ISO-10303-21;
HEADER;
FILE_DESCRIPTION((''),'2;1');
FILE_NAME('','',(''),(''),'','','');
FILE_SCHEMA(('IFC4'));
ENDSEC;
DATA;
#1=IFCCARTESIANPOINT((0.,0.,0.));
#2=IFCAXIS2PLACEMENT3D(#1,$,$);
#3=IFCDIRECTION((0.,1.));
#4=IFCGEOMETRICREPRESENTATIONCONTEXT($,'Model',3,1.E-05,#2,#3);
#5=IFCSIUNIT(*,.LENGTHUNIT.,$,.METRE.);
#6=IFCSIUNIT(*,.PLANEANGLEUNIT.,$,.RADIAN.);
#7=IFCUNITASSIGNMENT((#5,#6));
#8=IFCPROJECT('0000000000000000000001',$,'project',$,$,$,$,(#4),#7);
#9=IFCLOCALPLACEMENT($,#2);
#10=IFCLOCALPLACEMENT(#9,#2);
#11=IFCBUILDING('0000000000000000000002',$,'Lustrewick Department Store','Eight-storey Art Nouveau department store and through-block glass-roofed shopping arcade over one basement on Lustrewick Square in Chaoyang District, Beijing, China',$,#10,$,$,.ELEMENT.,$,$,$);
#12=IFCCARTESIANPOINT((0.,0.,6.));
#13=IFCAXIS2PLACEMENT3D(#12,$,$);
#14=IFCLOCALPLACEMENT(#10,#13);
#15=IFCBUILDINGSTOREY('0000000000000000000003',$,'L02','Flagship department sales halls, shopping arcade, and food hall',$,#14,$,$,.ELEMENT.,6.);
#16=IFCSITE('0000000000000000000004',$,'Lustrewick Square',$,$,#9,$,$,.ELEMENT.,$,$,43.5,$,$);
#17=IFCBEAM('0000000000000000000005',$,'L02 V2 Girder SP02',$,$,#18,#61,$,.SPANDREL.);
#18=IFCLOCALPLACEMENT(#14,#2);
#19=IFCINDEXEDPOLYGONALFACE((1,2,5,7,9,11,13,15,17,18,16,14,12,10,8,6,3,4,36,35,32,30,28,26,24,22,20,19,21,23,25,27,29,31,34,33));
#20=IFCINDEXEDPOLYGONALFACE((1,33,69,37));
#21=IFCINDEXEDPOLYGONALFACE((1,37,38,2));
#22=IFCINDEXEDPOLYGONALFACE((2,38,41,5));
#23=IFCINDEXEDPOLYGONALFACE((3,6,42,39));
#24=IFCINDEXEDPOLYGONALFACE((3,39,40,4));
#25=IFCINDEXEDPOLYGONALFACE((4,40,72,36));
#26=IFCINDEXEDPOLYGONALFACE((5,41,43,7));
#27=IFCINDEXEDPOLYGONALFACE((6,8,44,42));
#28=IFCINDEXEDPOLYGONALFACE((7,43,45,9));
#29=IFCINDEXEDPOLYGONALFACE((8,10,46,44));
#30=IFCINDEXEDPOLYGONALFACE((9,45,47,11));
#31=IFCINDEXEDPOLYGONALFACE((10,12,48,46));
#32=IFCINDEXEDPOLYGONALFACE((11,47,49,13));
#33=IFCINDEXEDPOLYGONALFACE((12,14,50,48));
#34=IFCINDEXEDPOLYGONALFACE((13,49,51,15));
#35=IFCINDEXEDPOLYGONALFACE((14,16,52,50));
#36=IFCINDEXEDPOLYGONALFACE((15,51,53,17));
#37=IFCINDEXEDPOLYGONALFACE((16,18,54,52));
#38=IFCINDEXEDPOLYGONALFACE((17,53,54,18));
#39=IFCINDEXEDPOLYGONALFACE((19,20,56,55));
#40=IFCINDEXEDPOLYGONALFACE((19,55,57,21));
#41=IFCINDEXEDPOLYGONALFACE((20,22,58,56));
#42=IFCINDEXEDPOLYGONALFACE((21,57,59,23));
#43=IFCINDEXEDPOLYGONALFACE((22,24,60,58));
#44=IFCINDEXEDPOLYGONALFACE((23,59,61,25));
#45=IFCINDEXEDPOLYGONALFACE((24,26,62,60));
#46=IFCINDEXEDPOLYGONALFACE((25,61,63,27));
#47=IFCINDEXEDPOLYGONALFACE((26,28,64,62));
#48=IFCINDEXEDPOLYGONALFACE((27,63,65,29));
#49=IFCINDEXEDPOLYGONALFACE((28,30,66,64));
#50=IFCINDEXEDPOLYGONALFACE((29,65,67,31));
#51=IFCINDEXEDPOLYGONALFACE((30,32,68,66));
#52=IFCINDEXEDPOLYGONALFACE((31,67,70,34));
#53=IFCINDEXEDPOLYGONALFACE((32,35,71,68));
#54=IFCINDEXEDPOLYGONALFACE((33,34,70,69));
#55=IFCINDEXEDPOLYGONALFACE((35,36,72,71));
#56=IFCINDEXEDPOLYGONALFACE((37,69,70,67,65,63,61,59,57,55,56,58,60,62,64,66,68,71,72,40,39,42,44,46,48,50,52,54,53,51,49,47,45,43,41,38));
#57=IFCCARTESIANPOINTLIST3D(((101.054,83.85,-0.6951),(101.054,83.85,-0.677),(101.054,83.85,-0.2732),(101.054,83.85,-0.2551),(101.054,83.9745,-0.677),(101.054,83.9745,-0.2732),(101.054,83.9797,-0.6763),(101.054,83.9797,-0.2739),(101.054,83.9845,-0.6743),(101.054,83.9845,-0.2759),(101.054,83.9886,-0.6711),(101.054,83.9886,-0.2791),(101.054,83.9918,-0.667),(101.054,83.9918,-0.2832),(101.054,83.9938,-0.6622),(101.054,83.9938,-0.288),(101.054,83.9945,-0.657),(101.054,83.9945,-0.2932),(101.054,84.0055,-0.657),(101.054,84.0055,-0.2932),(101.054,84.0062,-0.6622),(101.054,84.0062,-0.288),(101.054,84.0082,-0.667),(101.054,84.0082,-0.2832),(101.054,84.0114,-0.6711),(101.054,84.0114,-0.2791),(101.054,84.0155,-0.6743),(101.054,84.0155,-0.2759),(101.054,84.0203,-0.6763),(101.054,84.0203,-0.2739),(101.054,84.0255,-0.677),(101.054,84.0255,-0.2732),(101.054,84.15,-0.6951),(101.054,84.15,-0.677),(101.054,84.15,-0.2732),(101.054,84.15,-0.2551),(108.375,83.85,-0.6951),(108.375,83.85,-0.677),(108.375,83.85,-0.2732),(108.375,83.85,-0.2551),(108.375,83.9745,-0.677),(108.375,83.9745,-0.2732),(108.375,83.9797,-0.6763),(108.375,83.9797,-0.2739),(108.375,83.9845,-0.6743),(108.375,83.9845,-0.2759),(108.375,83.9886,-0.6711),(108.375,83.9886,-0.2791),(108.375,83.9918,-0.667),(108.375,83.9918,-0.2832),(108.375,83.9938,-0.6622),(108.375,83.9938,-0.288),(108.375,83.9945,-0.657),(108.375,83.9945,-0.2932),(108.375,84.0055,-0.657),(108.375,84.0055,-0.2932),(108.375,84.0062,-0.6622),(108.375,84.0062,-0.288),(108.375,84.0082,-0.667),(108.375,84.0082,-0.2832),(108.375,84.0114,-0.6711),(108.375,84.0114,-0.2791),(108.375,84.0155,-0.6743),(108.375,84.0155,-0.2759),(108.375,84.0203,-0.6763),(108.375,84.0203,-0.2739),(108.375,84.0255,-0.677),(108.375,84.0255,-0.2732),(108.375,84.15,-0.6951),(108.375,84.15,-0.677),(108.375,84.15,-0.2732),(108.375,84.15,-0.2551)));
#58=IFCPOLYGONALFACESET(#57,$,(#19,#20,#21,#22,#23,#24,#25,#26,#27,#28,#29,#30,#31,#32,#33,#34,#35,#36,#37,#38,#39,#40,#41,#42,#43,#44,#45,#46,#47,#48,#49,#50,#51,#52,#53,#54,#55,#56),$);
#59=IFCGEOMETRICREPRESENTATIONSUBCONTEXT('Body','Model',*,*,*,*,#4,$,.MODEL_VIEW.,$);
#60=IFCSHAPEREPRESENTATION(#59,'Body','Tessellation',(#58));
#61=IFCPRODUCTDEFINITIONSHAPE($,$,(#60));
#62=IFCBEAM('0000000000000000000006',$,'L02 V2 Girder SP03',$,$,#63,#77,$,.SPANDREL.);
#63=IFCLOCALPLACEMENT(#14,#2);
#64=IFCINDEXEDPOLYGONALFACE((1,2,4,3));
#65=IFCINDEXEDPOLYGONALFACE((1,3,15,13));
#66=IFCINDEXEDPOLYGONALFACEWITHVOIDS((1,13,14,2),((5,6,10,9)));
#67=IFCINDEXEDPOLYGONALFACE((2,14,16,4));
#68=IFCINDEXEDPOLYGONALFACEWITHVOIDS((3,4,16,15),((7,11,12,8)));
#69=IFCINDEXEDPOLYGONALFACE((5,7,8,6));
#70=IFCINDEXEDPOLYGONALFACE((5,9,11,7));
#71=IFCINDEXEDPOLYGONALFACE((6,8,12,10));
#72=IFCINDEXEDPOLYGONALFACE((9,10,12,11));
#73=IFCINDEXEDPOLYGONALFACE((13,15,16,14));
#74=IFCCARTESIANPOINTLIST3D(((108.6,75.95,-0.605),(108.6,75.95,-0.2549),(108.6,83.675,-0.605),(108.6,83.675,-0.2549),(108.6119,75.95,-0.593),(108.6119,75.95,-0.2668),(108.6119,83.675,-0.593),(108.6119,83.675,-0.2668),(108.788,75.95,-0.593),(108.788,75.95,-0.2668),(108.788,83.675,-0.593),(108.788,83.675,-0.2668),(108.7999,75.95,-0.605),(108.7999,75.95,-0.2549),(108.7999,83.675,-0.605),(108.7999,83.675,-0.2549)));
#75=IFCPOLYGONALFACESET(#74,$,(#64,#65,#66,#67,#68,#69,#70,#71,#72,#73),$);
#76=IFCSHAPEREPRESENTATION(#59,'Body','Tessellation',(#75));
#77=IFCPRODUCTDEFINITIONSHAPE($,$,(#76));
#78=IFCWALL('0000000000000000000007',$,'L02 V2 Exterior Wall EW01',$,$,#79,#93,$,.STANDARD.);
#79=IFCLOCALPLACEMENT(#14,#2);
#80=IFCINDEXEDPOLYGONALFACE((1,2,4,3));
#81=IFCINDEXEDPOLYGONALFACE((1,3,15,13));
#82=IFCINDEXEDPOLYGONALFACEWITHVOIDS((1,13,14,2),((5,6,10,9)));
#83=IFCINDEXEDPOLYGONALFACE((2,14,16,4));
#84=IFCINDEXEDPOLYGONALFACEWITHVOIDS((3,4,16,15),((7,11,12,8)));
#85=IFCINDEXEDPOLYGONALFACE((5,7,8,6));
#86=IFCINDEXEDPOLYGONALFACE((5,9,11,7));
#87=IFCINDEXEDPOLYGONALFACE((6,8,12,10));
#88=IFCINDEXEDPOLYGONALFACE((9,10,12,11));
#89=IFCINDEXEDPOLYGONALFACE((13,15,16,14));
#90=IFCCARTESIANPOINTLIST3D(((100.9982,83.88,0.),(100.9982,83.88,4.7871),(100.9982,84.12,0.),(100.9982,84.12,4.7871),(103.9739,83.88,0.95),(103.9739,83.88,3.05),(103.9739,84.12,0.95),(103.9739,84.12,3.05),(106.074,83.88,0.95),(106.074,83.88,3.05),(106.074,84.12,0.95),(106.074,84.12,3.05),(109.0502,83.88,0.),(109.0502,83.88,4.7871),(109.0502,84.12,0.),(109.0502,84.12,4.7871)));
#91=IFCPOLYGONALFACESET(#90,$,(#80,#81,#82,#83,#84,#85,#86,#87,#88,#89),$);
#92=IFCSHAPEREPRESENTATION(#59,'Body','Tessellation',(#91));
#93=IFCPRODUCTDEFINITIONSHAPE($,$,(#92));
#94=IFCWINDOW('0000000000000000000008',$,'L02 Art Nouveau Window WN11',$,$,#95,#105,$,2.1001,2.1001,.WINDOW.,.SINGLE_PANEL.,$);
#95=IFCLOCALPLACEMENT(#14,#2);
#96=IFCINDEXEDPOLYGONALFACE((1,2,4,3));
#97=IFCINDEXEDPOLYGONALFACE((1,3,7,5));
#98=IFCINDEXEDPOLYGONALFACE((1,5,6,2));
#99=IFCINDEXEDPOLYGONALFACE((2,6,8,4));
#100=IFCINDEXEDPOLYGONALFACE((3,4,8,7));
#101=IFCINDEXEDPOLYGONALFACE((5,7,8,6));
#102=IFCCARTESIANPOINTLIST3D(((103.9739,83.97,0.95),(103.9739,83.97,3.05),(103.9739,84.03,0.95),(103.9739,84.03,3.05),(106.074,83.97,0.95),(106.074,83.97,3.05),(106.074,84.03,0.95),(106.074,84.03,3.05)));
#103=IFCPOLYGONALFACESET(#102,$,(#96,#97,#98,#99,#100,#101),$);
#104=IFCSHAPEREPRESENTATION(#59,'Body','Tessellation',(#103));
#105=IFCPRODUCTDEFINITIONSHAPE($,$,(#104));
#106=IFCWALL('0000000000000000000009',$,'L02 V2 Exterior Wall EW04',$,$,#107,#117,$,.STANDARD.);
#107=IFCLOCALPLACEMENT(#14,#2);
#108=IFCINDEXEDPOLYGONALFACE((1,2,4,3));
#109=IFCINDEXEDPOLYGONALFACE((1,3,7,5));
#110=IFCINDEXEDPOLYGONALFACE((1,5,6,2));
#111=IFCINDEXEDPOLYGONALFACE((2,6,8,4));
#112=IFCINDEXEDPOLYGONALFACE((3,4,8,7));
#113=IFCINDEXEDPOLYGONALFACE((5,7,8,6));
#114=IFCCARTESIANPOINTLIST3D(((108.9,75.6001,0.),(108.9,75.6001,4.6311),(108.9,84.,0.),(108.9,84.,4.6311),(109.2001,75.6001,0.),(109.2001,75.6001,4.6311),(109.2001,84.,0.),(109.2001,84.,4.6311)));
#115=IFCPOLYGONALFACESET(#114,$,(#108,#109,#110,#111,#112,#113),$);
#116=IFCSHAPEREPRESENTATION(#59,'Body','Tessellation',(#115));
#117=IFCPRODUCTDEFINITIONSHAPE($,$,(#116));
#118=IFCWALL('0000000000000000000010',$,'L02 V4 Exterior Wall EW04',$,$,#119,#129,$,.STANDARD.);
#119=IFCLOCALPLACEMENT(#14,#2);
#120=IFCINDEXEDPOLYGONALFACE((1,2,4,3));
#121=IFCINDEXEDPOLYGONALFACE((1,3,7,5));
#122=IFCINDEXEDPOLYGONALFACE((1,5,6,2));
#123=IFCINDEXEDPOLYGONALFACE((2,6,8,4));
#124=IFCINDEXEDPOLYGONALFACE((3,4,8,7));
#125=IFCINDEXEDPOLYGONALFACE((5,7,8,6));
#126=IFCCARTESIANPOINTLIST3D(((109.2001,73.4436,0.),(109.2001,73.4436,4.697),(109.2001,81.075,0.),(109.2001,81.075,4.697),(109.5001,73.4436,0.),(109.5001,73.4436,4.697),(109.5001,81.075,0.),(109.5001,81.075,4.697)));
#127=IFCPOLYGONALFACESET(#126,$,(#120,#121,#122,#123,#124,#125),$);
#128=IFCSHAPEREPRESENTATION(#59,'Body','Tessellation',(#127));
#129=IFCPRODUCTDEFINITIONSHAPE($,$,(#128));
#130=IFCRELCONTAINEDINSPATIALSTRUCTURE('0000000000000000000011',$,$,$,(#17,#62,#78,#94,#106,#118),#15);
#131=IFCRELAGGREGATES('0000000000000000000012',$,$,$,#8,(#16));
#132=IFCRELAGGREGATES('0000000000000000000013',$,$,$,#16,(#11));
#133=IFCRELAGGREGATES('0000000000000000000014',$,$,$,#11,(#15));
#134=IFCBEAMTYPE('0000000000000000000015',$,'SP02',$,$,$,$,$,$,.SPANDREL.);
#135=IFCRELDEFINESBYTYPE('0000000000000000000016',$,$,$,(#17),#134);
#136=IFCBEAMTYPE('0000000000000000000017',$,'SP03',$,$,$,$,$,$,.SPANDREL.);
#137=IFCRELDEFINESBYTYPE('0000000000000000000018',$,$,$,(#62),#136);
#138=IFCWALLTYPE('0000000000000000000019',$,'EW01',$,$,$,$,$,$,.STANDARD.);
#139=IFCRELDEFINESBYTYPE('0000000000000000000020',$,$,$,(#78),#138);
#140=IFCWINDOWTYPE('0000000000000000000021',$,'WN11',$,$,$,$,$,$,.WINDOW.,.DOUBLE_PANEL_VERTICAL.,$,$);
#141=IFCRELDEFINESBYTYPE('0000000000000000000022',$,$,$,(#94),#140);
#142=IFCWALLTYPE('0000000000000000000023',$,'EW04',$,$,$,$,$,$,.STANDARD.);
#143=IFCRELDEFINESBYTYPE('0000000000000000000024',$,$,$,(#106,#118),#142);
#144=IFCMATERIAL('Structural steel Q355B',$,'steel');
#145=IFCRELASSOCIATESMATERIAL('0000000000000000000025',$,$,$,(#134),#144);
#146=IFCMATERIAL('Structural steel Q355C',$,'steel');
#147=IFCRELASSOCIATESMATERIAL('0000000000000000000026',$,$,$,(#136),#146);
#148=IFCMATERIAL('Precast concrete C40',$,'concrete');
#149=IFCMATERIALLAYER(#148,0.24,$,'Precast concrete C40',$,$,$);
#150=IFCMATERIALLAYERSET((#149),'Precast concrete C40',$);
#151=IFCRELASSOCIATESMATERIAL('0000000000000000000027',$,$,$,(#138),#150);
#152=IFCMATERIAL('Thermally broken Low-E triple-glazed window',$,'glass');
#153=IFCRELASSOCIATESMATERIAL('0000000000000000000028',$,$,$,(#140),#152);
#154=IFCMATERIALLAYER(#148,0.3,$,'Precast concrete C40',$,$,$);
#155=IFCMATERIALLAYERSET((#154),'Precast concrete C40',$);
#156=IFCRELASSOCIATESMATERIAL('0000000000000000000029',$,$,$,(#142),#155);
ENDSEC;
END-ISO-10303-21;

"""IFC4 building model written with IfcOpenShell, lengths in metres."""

from ifc_helpers import new_model, si_unit, direction, frame, frame_2d, origin, origin_2d, place, context, subcontext, project, spatial, rectangle, hollow_rectangle, i_section, extrude, material, layer, layer_set, material_profile, profile_set, type_object, element, fill, save


model = new_model("IFC4")

# Units and contexts
model_context = context("Model", 3, precision=1e-05, world=origin(), true_north=direction((0.0, 1.0)))
body_context = subcontext(model_context, "Body", "Model", "MODEL_VIEW")
ifc_project = project(units=[si_unit("LENGTHUNIT", "METRE"), si_unit("PLANEANGLEUNIT", "RADIAN")], contexts=[model_context])

# Site, building, storey
site_placement = place(None, origin())
site = spatial("IfcSite", under=ifc_project, at=site_placement, Name="Lustrewick Square", CompositionType="ELEMENT", RefElevation=43.5)
building_placement = place(site_placement, origin())
building = spatial("IfcBuilding", under=site, at=building_placement, Name="Lustrewick Department Store", Description="Eight-storey Art Nouveau department store and through-block glass-roofed shopping arcade over one basement on Lustrewick Square in Chaoyang District, Beijing, China", CompositionType="ELEMENT")
storey_placement = place(building_placement, frame((0.0, 0.0, 6.0)))
storey = spatial("IfcBuildingStorey", under=building, at=storey_placement, Name="L02", Description="Flagship department sales halls, shopping arcade, and food hall", CompositionType="ELEMENT", Elevation=6.0)

# Shared definitions
ifc_material_1 = material(Name="Structural steel Q355C", Category="steel")
ifc_material_2 = material(Name="Structural steel Q355B", Category="steel")

# Beams
ifc_material_profile_1 = material_profile(ifc_material_2, i_section(OverallWidth=0.3, OverallDepth=0.4399, WebThickness=0.011, FlangeThickness=0.0181, FilletRadius=0.02, at=origin_2d()), Name="HM 440x300x11x18")
ifc_profile_set_1 = profile_set([ifc_material_profile_1], Name="Structural steel Q355B")
beam_type_1 = type_object("IfcBeamType", Name="SP02", PredefinedType="SPANDREL", material=ifc_profile_set_1)
beam_1_placement = place(storey_placement, frame((101.054, 84.0, -0.4751), z_axis=(1.0, 0.0, 0.0), x_axis=(0.0, 1.0, 0.0)))
element("IfcBeam", 1, at=beam_1_placement, inside=storey, type_object=beam_type_1, Name="L02 V2 Girder SP02", PredefinedType="SPANDREL", context=body_context, shape_type="SweptSolid", body=[
    extrude(i_section(OverallWidth=0.3, OverallDepth=0.4399, WebThickness=0.011, FlangeThickness=0.0181, FilletRadius=0.02, at=origin_2d()), origin(), (0.0, 0.0, 1.0), 7.321),
])
ifc_material_profile_2 = material_profile(ifc_material_1, hollow_rectangle(XDim=0.2, YDim=0.3501, WallThickness=0.012, at=origin_2d()), Name="RHS 350x200x12")
ifc_profile_set_2 = profile_set([ifc_material_profile_2], Name="Structural steel Q355C")
beam_type_2 = type_object("IfcBeamType", Name="SP03", PredefinedType="SPANDREL", material=ifc_profile_set_2)
beam_2_placement = place(storey_placement, frame((108.7, 75.95, -0.4299), z_axis=(0.0, 1.0, 0.0), x_axis=(-1.0, 0.0, 0.0)))
element("IfcBeam", 2, at=beam_2_placement, inside=storey, type_object=beam_type_2, Name="L02 V2 Girder SP03", PredefinedType="SPANDREL", context=body_context, shape_type="SweptSolid", body=[
    extrude(hollow_rectangle(XDim=0.2, YDim=0.3501, WallThickness=0.012, at=origin_2d()), origin(), (0.0, 0.0, 1.0), 7.7251),
])

# Wall, opening, window
ifc_material_3 = material(Name="Precast concrete C40", Category="concrete")
ifc_layer_1 = layer(ifc_material_3, 0.24, Name="Precast concrete C40")
ifc_layer_set_1 = layer_set([ifc_layer_1], Name="Precast concrete C40")
wall_type_1 = type_object("IfcWallType", Name="EW01", PredefinedType="STANDARD", material=ifc_layer_set_1)
wall_1_placement = place(storey_placement, frame((109.05, 84.0, 0.0), z_axis=(0.0, 0.0, 1.0), x_axis=(-1.0, 0.0, 0.0)))
wall_1 = element("IfcWall", 3, at=wall_1_placement, inside=storey, type_object=wall_type_1, Name="L02 V2 Exterior Wall EW01", PredefinedType="STANDARD", context=body_context, shape_type="SweptSolid", body=[
    extrude(rectangle(XDim=8.052, YDim=0.24, at=frame_2d((4.0259, 0.0))), origin(), (0.0, 0.0, 1.0), 4.7871),
])
opening_placement = place(wall_1_placement, frame((2.9761, 0.0, 0.95)))
opening = element("IfcOpeningElement", 4, at=opening_placement, cuts=wall_1, PredefinedType="OPENING", context=body_context, shape_type="SweptSolid", body=[
    extrude(rectangle(XDim=2.1001, YDim=2.1001, at=frame_2d((1.05, 1.05))), frame((0.0, 0.1299, 0.0), z_axis=(0.0, -1.0, 0.0), x_axis=(1.0, 0.0, 0.0)), (0.0, 0.0, 1.0), 0.26),
])
ifc_material_4 = material(Name="Thermally broken Low-E triple-glazed window", Category="glass")
window_type = type_object("IfcWindowType", Name="WN11", PartitioningType="DOUBLE_PANEL_VERTICAL", PredefinedType="WINDOW", material=ifc_material_4)
window_placement = place(opening_placement, origin())
window = element("IfcWindow", 5, at=window_placement, inside=storey, type_object=window_type, Name="L02 Art Nouveau Window WN11", OverallHeight=2.1001, OverallWidth=2.1001, PartitioningType="SINGLE_PANEL", PredefinedType="WINDOW", context=body_context, shape_type="SweptSolid", body=[
    extrude(rectangle(XDim=2.1001, YDim=2.1001, at=frame_2d((1.05, 1.05))), frame((0.0, 0.03, 0.0), z_axis=(0.0, -1.0, 0.0), x_axis=(1.0, 0.0, 0.0)), (0.0, 0.0, 1.0), 0.0601),
])
fill(opening, window)

# Walls
ifc_layer_2 = layer(ifc_material_3, 0.3, Name="Precast concrete C40")
ifc_layer_set_2 = layer_set([ifc_layer_2], Name="Precast concrete C40")
wall_type_2 = type_object("IfcWallType", Name="EW04", PredefinedType="STANDARD", material=ifc_layer_set_2)
wall_2_placement = place(storey_placement, frame((109.05, 75.6001, 0.0), z_axis=(0.0, 0.0, 1.0), x_axis=(0.0, 1.0, 0.0)))
element("IfcWall", 6, at=wall_2_placement, inside=storey, type_object=wall_type_2, Name="L02 V2 Exterior Wall EW04", PredefinedType="STANDARD", context=body_context, shape_type="SweptSolid", body=[
    extrude(rectangle(XDim=8.3999, YDim=0.3, at=frame_2d((4.2, 0.0))), origin(), (0.0, 0.0, 1.0), 4.6311),
])
wall_3_placement = place(storey_placement, frame((109.3501, 81.075, 0.0), z_axis=(0.0, 0.0, 1.0), x_axis=(0.0, -1.0, 0.0)))
element("IfcWall", 7, at=wall_3_placement, inside=storey, type_object=wall_type_2, Name="L02 V4 Exterior Wall EW04", PredefinedType="STANDARD", context=body_context, shape_type="SweptSolid", body=[
    extrude(rectangle(XDim=7.6313, YDim=0.3, at=frame_2d((3.8157, 0.0))), origin(), (0.0, 0.0, 1.0), 4.697),
])

save(model, "model.ifc")
